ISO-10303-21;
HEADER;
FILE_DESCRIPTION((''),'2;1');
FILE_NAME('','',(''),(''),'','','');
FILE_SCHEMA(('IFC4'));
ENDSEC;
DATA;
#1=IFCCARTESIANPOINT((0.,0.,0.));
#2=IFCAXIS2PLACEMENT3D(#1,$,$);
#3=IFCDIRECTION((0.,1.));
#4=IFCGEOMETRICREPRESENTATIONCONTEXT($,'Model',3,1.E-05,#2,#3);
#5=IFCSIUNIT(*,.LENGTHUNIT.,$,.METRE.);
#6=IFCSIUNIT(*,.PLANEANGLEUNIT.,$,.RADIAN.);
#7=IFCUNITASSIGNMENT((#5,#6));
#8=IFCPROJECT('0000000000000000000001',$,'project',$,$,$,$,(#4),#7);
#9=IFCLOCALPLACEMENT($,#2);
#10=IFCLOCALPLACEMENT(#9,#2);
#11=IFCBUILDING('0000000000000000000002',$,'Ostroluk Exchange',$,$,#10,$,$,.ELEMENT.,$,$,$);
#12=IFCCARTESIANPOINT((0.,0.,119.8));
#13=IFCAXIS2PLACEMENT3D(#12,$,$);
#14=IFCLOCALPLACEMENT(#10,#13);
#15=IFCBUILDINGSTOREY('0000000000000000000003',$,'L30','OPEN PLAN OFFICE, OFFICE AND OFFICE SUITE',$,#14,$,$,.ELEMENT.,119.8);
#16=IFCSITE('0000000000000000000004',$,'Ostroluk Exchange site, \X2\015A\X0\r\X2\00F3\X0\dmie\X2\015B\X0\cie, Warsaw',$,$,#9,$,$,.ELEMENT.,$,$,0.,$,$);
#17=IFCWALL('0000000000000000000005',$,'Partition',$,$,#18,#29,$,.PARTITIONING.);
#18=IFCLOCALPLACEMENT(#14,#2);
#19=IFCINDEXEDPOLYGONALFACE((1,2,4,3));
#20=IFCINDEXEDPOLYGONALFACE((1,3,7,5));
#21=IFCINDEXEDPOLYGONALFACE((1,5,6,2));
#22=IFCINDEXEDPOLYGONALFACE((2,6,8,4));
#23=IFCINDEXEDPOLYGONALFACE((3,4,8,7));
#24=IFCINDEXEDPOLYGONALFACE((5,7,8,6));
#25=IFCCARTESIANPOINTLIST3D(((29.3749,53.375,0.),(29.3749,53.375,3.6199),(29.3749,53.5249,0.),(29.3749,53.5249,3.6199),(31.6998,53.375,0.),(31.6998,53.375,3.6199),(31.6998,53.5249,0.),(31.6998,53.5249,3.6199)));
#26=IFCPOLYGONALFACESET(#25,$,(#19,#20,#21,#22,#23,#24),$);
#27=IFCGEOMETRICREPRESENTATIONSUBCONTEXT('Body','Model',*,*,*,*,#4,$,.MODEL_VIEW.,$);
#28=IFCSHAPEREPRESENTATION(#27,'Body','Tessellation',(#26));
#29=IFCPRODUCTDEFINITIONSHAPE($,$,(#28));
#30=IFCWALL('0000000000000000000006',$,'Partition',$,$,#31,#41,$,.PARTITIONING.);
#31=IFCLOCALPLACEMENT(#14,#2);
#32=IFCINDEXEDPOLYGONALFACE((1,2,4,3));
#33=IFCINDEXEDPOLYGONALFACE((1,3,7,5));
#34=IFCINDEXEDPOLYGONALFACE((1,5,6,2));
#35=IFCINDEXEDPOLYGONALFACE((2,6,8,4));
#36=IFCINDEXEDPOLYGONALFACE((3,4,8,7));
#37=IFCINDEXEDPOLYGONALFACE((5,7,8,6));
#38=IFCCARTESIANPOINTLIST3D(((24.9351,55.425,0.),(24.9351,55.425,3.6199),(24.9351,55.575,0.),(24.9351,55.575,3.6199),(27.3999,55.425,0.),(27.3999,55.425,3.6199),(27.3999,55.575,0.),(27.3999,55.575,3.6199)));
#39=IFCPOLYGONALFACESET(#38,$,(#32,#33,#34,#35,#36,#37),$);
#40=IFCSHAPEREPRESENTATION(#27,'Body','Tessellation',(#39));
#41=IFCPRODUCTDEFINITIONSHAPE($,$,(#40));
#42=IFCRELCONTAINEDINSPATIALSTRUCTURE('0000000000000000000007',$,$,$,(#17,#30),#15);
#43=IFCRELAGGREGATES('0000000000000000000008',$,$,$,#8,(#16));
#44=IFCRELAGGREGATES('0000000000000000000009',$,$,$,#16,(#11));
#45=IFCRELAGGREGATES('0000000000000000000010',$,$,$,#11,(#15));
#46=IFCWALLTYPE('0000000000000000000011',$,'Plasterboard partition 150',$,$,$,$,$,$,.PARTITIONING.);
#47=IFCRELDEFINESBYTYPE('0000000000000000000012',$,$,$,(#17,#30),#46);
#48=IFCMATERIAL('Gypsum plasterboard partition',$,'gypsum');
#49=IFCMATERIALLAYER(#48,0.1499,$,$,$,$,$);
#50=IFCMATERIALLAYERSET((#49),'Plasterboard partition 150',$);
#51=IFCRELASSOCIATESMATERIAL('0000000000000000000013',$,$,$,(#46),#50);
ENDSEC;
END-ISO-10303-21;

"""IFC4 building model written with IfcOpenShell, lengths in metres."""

from ifc_helpers import new_model, si_unit, direction, frame, frame_2d, origin, place, context, subcontext, project, spatial, rectangle, extrude, material, layer, layer_set, type_object, element, save


model = new_model("IFC4")

# Units and contexts
model_context = context("Model", 3, precision=1e-05, world=origin(), true_north=direction((0.0, 1.0)))
body_context = subcontext(model_context, "Body", "Model", "MODEL_VIEW")
ifc_project = project(units=[si_unit("LENGTHUNIT", "METRE"), si_unit("PLANEANGLEUNIT", "RADIAN")], contexts=[model_context])

# Site, building, storey
site_placement = place(None, origin())
site = spatial("IfcSite", under=ifc_project, at=site_placement, Name="Ostroluk Exchange site, Śródmieście, Warsaw", CompositionType="ELEMENT", RefElevation=0.0)
building_placement = place(site_placement, origin())
building = spatial("IfcBuilding", under=site, at=building_placement, Name="Ostroluk Exchange", CompositionType="ELEMENT")
storey_placement = place(building_placement, frame((0.0, 0.0, 119.8)))
storey = spatial("IfcBuildingStorey", under=building, at=storey_placement, Name="L30", Description="OPEN PLAN OFFICE, OFFICE AND OFFICE SUITE", CompositionType="ELEMENT", Elevation=119.8)

# Walls
ifc_material_1 = material(Name="Gypsum plasterboard partition", Category="gypsum")
ifc_layer_1 = layer(ifc_material_1, 0.1499)
ifc_layer_set_1 = layer_set([ifc_layer_1], Name="Plasterboard partition 150")
wall_type_1 = type_object("IfcWallType", Name="Plasterboard partition 150", PredefinedType="PARTITIONING", material=ifc_layer_set_1)
wall_1_placement = place(storey_placement, frame((31.7, 53.45, 0.0), z_axis=(0.0, 0.0, 1.0), x_axis=(-1.0, 0.0, 0.0)))
element("IfcWall", 1, at=wall_1_placement, inside=storey, type_object=wall_type_1, Name="Partition", PredefinedType="PARTITIONING", context=body_context, shape_type="SweptSolid", body=[
    extrude(rectangle(XDim=2.325, YDim=0.1499, at=frame_2d((1.1626, 0.0))), origin(), (0.0, 0.0, 1.0), 3.6199),
])
wall_2_placement = place(storey_placement, frame((27.3999, 55.5, 0.0), z_axis=(0.0, 0.0, 1.0), x_axis=(-1.0, 0.0, 0.0)))
element("IfcWall", 2, at=wall_2_placement, inside=storey, type_object=wall_type_1, Name="Partition", PredefinedType="PARTITIONING", context=body_context, shape_type="SweptSolid", body=[
    extrude(rectangle(XDim=2.4648, YDim=0.1499, at=frame_2d((1.2324, 0.0))), origin(), (0.0, 0.0, 1.0), 3.6199),
])

save(model, "model.ifc")
